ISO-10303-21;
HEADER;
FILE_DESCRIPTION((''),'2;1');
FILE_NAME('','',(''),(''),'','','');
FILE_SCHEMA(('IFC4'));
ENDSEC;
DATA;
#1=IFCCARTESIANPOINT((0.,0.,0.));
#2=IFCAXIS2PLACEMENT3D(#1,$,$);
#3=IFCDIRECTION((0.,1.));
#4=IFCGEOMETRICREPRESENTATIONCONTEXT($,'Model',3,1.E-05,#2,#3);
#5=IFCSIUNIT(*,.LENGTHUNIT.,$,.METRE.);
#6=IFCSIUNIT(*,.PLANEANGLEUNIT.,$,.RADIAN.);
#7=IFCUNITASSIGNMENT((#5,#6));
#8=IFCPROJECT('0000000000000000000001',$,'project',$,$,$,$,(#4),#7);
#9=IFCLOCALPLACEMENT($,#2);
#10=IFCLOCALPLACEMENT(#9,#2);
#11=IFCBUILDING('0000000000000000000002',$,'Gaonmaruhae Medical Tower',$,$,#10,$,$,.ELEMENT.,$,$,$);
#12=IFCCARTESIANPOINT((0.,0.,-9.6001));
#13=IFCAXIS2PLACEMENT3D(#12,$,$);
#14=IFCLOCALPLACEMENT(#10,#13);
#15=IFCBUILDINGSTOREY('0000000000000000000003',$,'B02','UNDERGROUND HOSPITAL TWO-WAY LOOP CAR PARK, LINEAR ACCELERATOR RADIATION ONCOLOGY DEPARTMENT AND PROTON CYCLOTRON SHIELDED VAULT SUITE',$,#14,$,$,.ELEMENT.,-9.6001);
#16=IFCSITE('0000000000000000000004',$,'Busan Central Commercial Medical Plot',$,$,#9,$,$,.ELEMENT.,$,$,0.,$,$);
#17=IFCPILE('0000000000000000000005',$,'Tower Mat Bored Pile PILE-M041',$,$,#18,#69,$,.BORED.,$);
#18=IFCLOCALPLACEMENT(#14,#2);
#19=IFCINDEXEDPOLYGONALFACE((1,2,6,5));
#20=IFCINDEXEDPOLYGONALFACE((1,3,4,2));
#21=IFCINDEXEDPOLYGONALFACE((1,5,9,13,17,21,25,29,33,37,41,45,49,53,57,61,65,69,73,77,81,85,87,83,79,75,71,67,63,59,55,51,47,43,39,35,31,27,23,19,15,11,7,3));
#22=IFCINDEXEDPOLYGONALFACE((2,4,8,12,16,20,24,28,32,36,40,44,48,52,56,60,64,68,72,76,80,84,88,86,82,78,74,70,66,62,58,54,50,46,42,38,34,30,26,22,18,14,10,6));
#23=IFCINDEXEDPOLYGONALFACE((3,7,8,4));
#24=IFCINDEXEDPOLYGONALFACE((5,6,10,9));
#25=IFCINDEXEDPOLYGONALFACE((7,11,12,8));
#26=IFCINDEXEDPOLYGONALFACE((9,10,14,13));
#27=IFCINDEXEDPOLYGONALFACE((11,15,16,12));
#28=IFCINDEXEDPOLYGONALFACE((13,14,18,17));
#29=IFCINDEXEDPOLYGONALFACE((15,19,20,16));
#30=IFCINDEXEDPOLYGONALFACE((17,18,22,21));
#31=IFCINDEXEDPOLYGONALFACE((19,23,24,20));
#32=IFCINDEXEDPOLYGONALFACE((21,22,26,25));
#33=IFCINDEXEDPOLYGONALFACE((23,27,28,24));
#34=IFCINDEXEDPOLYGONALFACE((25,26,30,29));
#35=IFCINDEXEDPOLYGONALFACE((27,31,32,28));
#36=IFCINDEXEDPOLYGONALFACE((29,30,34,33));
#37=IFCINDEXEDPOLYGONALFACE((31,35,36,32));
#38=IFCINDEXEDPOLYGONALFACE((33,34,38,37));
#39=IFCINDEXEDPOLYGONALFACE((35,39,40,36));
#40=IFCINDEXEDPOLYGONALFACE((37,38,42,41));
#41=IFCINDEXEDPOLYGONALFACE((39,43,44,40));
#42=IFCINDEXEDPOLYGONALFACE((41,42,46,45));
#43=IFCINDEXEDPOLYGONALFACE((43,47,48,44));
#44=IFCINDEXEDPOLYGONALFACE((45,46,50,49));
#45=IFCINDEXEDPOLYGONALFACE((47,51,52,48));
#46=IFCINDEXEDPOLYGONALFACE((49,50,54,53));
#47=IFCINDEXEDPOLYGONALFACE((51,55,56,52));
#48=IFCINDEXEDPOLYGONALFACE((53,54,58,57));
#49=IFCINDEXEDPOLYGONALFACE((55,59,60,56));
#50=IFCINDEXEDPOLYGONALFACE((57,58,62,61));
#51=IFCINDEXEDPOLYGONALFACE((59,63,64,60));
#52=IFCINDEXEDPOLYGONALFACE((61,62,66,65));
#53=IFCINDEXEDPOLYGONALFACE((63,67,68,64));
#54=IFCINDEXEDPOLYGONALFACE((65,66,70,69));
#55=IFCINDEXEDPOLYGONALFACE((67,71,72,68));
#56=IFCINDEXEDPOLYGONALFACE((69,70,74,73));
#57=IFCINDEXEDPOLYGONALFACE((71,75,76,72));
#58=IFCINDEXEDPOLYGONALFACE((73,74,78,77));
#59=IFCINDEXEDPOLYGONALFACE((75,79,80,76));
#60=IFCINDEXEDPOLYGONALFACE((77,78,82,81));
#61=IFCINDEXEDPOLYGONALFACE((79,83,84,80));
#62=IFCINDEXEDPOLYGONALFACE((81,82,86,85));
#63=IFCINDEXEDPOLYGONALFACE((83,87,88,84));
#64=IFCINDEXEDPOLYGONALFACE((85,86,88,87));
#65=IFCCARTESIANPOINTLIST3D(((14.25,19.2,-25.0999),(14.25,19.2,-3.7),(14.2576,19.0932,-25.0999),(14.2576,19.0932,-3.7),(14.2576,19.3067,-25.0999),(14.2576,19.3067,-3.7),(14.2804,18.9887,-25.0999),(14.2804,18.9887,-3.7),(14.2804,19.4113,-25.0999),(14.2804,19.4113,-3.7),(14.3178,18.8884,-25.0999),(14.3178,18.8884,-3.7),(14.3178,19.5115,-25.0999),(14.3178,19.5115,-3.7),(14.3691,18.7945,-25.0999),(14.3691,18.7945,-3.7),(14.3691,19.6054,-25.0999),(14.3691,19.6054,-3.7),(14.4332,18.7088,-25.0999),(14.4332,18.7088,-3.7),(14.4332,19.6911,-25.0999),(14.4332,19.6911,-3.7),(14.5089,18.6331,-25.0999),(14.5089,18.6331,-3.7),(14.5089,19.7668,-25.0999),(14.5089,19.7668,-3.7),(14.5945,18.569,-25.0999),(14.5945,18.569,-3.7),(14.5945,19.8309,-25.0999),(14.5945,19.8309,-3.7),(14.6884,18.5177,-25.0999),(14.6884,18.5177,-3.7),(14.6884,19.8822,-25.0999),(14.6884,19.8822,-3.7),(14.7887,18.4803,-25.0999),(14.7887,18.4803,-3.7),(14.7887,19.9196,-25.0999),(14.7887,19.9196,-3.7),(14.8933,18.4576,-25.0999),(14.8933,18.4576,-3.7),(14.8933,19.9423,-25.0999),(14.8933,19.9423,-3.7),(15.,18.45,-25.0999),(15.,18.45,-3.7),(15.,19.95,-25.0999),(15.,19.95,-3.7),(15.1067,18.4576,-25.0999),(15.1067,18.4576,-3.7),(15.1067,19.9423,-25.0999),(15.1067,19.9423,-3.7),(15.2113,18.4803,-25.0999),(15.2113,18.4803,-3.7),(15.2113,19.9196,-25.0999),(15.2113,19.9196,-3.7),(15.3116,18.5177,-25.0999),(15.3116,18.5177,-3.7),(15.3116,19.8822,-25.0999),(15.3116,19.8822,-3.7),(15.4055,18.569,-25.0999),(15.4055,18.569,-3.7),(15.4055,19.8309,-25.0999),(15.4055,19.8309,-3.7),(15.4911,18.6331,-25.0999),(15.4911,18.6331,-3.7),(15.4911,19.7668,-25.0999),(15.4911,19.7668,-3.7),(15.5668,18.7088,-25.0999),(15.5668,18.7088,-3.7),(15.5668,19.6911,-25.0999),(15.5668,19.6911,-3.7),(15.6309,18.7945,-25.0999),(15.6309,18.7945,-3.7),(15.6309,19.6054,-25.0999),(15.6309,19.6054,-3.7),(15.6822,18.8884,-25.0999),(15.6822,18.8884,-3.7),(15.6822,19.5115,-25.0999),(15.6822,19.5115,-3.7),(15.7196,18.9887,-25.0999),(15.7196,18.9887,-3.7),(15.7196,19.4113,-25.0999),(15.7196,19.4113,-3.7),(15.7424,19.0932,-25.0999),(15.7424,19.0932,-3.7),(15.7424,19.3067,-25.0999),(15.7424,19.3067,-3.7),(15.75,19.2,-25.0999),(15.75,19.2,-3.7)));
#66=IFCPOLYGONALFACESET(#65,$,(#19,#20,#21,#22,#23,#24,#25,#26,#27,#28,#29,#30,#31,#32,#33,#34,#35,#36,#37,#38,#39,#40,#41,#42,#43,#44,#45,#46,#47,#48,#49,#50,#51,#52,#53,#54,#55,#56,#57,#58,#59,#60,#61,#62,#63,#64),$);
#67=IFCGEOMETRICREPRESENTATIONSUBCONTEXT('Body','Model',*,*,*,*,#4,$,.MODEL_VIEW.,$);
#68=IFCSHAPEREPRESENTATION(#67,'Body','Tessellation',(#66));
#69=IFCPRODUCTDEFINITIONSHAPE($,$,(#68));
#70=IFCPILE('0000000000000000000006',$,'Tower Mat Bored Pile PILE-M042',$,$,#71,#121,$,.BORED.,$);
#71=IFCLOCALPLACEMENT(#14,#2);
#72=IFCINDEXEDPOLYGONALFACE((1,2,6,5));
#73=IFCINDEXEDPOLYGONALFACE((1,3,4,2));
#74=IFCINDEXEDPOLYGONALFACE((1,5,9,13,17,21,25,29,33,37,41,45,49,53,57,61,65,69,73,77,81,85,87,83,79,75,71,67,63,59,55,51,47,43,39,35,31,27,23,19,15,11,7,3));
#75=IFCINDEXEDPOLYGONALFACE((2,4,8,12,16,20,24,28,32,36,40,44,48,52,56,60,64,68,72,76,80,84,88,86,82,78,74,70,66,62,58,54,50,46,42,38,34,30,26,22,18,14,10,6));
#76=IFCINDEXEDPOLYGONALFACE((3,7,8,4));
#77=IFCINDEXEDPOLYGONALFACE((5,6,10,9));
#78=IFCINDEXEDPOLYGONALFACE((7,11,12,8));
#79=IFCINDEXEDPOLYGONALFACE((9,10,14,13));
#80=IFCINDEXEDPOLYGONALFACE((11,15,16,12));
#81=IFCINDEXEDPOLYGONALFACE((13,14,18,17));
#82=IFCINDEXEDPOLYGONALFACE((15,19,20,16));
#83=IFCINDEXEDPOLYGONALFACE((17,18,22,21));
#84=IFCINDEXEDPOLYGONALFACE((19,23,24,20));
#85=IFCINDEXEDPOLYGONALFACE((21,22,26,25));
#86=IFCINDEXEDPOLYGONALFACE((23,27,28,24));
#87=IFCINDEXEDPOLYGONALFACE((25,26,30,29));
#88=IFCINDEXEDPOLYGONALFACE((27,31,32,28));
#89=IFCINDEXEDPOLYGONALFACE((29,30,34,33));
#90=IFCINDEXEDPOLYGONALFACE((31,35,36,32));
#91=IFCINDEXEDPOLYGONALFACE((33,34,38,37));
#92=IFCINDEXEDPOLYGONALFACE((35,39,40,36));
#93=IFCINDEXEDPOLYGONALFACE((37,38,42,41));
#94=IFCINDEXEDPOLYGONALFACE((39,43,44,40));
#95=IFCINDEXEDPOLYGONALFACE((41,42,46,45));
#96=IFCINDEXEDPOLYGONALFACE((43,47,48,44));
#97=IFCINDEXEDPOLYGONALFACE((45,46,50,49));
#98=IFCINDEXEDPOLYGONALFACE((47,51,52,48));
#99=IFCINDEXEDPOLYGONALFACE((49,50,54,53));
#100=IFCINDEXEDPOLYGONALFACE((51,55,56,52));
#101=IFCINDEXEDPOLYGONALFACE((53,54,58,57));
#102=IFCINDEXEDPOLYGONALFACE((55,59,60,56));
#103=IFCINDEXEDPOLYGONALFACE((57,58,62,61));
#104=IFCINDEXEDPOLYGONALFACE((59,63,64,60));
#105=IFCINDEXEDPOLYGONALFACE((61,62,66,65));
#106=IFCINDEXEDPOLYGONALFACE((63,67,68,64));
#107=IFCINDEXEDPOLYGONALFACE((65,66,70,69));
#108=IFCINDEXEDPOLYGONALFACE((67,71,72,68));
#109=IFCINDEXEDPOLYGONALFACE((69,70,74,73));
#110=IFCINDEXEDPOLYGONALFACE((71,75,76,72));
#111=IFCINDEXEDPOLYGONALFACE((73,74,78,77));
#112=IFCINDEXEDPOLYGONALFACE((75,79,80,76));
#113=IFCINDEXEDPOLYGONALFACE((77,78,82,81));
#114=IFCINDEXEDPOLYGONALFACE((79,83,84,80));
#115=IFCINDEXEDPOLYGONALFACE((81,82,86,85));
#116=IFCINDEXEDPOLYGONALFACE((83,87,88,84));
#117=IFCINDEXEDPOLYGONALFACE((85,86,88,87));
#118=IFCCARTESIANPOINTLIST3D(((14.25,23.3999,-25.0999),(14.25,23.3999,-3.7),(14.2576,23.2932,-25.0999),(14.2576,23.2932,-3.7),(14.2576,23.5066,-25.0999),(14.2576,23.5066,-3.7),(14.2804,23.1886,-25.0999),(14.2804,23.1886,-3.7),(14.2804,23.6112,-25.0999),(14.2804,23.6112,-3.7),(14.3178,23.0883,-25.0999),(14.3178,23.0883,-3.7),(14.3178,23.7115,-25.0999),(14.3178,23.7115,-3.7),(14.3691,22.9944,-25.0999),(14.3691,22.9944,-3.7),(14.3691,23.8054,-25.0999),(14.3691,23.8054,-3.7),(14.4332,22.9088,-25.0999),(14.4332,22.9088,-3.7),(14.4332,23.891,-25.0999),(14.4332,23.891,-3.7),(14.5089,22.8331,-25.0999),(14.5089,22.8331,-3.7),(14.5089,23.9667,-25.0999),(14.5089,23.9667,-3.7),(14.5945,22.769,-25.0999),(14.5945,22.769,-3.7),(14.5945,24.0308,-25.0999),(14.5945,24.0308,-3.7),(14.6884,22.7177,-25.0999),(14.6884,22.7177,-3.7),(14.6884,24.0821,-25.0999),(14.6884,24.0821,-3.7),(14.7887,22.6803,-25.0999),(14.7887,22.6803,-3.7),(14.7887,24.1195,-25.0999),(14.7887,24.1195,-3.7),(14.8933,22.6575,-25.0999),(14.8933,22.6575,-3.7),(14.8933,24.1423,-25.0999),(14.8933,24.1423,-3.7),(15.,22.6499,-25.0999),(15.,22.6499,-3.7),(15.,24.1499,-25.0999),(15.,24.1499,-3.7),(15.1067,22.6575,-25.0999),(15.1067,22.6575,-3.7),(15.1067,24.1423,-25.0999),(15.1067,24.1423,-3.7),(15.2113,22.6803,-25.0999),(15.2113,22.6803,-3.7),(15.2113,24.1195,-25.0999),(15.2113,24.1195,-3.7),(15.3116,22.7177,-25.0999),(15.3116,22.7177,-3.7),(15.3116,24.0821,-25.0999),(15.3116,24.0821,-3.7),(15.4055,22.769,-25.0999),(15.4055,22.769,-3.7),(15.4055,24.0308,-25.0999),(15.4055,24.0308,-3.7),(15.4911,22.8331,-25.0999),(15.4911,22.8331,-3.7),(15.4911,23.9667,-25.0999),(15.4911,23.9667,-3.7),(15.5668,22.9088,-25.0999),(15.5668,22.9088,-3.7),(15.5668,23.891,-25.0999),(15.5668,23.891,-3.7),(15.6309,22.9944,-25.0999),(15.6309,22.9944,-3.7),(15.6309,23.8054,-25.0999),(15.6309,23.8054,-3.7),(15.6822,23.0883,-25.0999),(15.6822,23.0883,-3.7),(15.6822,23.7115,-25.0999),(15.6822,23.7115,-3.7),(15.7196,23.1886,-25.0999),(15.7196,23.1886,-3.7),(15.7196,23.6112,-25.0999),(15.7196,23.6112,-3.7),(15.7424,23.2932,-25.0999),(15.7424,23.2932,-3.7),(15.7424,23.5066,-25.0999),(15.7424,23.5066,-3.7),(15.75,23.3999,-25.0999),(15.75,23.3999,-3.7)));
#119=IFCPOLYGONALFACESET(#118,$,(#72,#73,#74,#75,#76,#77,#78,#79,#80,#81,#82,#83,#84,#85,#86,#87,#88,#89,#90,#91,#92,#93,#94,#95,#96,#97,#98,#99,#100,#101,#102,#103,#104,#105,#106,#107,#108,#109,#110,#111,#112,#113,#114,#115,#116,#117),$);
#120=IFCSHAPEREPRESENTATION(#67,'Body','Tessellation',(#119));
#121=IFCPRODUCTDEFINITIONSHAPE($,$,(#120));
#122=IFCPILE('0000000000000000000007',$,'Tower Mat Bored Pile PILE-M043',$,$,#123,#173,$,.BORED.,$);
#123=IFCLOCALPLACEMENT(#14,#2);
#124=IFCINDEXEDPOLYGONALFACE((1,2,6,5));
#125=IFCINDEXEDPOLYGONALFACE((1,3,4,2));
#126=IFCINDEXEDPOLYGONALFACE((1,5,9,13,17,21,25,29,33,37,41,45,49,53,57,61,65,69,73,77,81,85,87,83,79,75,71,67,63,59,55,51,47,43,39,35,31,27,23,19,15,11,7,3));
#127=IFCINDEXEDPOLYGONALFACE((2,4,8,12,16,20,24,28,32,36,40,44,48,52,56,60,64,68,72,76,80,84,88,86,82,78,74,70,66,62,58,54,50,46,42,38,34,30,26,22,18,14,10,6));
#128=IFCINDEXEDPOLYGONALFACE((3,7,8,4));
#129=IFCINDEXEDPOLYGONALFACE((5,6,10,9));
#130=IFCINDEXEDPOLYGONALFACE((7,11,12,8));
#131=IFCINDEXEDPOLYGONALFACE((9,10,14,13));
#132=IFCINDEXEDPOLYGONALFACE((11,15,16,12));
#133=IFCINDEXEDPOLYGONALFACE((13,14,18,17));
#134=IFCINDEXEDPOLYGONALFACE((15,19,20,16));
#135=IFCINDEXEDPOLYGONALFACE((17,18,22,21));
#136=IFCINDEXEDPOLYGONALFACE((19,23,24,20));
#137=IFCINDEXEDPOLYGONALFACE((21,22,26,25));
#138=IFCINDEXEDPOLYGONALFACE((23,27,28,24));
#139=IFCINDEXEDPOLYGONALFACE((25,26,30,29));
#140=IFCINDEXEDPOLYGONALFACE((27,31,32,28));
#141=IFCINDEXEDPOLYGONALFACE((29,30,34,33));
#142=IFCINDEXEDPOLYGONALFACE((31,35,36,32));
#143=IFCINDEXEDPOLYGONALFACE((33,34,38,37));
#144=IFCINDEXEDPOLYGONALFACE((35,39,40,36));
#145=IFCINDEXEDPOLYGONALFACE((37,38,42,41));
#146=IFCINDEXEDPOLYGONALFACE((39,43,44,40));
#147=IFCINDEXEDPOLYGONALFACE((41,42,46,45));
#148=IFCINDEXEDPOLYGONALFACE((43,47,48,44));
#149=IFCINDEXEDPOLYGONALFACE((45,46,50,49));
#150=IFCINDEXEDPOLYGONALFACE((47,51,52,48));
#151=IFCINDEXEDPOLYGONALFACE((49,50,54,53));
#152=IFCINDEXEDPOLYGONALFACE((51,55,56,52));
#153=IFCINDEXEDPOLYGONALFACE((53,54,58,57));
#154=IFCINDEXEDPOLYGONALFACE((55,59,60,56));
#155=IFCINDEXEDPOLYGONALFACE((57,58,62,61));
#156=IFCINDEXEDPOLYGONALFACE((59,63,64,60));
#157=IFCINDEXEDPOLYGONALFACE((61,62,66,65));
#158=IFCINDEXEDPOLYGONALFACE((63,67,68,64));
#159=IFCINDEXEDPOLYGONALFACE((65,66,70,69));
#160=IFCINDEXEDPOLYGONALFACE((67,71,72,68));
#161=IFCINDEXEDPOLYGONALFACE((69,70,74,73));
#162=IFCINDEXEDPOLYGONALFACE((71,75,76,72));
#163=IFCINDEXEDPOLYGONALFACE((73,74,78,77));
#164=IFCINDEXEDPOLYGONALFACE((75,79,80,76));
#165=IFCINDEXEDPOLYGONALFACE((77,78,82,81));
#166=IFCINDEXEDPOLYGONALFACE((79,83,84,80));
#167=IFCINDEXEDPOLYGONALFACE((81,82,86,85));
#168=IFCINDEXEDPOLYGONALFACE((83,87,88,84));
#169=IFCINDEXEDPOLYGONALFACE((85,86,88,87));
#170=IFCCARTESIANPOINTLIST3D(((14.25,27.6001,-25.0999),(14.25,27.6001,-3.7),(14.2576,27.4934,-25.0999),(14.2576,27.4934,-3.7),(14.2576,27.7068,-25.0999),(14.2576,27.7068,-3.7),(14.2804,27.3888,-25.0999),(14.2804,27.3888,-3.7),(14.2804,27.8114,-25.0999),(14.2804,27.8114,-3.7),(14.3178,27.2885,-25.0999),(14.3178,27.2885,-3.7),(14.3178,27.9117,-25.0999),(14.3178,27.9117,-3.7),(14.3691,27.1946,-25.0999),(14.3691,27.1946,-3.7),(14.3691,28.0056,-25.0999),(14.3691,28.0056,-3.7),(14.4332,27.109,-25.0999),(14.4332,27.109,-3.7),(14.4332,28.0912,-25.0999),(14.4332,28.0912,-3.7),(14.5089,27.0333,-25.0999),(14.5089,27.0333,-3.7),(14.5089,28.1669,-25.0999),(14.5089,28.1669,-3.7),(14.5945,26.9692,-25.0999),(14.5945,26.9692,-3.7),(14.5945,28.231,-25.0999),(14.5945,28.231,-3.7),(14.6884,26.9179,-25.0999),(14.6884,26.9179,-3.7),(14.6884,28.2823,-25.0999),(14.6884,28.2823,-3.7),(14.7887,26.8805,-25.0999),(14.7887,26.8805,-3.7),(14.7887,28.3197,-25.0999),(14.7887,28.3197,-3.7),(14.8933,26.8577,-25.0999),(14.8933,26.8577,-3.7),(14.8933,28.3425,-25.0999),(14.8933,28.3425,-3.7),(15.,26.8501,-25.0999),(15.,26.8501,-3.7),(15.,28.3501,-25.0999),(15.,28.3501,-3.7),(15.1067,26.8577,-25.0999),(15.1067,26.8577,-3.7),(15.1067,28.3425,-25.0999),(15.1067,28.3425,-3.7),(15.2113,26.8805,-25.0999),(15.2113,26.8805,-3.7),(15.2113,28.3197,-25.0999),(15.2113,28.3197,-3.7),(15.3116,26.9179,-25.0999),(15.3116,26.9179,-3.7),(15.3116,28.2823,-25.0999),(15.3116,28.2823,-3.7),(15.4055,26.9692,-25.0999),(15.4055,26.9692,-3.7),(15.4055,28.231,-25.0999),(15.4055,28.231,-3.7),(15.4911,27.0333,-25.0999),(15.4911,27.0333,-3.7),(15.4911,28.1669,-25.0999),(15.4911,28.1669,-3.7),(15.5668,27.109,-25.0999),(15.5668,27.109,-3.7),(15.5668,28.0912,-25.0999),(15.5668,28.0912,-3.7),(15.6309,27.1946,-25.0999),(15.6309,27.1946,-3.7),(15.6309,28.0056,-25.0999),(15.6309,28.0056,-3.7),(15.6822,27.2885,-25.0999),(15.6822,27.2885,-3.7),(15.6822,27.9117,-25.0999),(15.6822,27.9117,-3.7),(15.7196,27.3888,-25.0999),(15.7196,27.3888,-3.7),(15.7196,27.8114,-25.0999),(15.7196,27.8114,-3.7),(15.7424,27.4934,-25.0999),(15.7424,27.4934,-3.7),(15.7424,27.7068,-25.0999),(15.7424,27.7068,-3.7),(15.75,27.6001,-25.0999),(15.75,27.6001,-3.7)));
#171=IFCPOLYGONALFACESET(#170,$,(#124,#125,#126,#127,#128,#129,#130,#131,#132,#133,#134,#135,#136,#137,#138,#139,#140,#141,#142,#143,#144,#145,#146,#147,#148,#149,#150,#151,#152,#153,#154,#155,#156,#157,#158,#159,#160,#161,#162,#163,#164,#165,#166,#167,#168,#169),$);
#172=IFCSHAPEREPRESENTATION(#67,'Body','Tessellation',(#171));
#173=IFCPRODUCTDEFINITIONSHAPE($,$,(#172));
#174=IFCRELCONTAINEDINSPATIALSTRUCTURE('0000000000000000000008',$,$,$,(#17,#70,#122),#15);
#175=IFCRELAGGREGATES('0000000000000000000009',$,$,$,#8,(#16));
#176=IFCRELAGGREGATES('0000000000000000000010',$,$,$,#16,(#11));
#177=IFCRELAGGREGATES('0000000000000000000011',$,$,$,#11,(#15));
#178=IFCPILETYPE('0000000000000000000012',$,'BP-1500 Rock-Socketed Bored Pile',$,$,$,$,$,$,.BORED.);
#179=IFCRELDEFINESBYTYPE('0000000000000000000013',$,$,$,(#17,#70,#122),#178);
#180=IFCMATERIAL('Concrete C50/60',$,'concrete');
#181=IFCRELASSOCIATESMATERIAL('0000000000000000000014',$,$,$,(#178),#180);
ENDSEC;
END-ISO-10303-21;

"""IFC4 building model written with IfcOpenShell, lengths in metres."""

from ifc_helpers import new_model, si_unit, direction, frame, origin, origin_2d, place, context, subcontext, project, spatial, circle, extrude, material, material_profile, profile_set, type_object, element, save


model = new_model("IFC4")

# Units and contexts
model_context = context("Model", 3, precision=1e-05, world=origin(), true_north=direction((0.0, 1.0)))
body_context = subcontext(model_context, "Body", "Model", "MODEL_VIEW")
ifc_project = project(units=[si_unit("LENGTHUNIT", "METRE"), si_unit("PLANEANGLEUNIT", "RADIAN")], contexts=[model_context])

# Site, building, storey
site_placement = place(None, origin())
site = spatial("IfcSite", under=ifc_project, at=site_placement, Name="Busan Central Commercial Medical Plot", CompositionType="ELEMENT", RefElevation=0.0)
building_placement = place(site_placement, origin())
building = spatial("IfcBuilding", under=site, at=building_placement, Name="Gaonmaruhae Medical Tower", CompositionType="ELEMENT")
storey_placement = place(building_placement, frame((0.0, 0.0, -9.6001)))
storey = spatial("IfcBuildingStorey", under=building, at=storey_placement, Name="B02", Description="UNDERGROUND HOSPITAL TWO-WAY LOOP CAR PARK, LINEAR ACCELERATOR RADIATION ONCOLOGY DEPARTMENT AND PROTON CYCLOTRON SHIELDED VAULT SUITE", CompositionType="ELEMENT", Elevation=-9.6001)

# Piles
ifc_material_1 = material(Name="Concrete C50/60", Category="concrete")
ifc_material_profile_1 = material_profile(ifc_material_1, circle(Radius=0.75, at=origin_2d()), Name="PILE-D1500")
ifc_profile_set_1 = profile_set([ifc_material_profile_1], Name="Concrete C50/60")
pile_type = type_object("IfcPileType", Name="BP-1500 Rock-Socketed Bored Pile", PredefinedType="BORED", material=ifc_profile_set_1)
for number, where, z_axis, x_axis, name in (
    (1, (15.0, 19.2, -3.7), (0.0, 0.0, -1.0), (1.0, 0.0, 0.0), "Tower Mat Bored Pile PILE-M041"),
    (2, (15.0, 23.3999, -3.7), (0.0, 0.0, -1.0), (1.0, 0.0, 0.0), "Tower Mat Bored Pile PILE-M042"),
    (3, (15.0, 27.6001, -3.7), (0.0, 0.0, -1.0), (1.0, 0.0, 0.0), "Tower Mat Bored Pile PILE-M043"),
):
    element("IfcPile", number, at=place(storey_placement, frame(where, z_axis=z_axis, x_axis=x_axis)), inside=storey, type_object=pile_type, Name=name, PredefinedType="BORED", context=body_context, shape_type="SweptSolid", body=[
        extrude(circle(Radius=0.75, at=origin_2d()), origin(), (0.0, 0.0, 1.0), 21.3999),
    ])

save(model, "model.ifc")
